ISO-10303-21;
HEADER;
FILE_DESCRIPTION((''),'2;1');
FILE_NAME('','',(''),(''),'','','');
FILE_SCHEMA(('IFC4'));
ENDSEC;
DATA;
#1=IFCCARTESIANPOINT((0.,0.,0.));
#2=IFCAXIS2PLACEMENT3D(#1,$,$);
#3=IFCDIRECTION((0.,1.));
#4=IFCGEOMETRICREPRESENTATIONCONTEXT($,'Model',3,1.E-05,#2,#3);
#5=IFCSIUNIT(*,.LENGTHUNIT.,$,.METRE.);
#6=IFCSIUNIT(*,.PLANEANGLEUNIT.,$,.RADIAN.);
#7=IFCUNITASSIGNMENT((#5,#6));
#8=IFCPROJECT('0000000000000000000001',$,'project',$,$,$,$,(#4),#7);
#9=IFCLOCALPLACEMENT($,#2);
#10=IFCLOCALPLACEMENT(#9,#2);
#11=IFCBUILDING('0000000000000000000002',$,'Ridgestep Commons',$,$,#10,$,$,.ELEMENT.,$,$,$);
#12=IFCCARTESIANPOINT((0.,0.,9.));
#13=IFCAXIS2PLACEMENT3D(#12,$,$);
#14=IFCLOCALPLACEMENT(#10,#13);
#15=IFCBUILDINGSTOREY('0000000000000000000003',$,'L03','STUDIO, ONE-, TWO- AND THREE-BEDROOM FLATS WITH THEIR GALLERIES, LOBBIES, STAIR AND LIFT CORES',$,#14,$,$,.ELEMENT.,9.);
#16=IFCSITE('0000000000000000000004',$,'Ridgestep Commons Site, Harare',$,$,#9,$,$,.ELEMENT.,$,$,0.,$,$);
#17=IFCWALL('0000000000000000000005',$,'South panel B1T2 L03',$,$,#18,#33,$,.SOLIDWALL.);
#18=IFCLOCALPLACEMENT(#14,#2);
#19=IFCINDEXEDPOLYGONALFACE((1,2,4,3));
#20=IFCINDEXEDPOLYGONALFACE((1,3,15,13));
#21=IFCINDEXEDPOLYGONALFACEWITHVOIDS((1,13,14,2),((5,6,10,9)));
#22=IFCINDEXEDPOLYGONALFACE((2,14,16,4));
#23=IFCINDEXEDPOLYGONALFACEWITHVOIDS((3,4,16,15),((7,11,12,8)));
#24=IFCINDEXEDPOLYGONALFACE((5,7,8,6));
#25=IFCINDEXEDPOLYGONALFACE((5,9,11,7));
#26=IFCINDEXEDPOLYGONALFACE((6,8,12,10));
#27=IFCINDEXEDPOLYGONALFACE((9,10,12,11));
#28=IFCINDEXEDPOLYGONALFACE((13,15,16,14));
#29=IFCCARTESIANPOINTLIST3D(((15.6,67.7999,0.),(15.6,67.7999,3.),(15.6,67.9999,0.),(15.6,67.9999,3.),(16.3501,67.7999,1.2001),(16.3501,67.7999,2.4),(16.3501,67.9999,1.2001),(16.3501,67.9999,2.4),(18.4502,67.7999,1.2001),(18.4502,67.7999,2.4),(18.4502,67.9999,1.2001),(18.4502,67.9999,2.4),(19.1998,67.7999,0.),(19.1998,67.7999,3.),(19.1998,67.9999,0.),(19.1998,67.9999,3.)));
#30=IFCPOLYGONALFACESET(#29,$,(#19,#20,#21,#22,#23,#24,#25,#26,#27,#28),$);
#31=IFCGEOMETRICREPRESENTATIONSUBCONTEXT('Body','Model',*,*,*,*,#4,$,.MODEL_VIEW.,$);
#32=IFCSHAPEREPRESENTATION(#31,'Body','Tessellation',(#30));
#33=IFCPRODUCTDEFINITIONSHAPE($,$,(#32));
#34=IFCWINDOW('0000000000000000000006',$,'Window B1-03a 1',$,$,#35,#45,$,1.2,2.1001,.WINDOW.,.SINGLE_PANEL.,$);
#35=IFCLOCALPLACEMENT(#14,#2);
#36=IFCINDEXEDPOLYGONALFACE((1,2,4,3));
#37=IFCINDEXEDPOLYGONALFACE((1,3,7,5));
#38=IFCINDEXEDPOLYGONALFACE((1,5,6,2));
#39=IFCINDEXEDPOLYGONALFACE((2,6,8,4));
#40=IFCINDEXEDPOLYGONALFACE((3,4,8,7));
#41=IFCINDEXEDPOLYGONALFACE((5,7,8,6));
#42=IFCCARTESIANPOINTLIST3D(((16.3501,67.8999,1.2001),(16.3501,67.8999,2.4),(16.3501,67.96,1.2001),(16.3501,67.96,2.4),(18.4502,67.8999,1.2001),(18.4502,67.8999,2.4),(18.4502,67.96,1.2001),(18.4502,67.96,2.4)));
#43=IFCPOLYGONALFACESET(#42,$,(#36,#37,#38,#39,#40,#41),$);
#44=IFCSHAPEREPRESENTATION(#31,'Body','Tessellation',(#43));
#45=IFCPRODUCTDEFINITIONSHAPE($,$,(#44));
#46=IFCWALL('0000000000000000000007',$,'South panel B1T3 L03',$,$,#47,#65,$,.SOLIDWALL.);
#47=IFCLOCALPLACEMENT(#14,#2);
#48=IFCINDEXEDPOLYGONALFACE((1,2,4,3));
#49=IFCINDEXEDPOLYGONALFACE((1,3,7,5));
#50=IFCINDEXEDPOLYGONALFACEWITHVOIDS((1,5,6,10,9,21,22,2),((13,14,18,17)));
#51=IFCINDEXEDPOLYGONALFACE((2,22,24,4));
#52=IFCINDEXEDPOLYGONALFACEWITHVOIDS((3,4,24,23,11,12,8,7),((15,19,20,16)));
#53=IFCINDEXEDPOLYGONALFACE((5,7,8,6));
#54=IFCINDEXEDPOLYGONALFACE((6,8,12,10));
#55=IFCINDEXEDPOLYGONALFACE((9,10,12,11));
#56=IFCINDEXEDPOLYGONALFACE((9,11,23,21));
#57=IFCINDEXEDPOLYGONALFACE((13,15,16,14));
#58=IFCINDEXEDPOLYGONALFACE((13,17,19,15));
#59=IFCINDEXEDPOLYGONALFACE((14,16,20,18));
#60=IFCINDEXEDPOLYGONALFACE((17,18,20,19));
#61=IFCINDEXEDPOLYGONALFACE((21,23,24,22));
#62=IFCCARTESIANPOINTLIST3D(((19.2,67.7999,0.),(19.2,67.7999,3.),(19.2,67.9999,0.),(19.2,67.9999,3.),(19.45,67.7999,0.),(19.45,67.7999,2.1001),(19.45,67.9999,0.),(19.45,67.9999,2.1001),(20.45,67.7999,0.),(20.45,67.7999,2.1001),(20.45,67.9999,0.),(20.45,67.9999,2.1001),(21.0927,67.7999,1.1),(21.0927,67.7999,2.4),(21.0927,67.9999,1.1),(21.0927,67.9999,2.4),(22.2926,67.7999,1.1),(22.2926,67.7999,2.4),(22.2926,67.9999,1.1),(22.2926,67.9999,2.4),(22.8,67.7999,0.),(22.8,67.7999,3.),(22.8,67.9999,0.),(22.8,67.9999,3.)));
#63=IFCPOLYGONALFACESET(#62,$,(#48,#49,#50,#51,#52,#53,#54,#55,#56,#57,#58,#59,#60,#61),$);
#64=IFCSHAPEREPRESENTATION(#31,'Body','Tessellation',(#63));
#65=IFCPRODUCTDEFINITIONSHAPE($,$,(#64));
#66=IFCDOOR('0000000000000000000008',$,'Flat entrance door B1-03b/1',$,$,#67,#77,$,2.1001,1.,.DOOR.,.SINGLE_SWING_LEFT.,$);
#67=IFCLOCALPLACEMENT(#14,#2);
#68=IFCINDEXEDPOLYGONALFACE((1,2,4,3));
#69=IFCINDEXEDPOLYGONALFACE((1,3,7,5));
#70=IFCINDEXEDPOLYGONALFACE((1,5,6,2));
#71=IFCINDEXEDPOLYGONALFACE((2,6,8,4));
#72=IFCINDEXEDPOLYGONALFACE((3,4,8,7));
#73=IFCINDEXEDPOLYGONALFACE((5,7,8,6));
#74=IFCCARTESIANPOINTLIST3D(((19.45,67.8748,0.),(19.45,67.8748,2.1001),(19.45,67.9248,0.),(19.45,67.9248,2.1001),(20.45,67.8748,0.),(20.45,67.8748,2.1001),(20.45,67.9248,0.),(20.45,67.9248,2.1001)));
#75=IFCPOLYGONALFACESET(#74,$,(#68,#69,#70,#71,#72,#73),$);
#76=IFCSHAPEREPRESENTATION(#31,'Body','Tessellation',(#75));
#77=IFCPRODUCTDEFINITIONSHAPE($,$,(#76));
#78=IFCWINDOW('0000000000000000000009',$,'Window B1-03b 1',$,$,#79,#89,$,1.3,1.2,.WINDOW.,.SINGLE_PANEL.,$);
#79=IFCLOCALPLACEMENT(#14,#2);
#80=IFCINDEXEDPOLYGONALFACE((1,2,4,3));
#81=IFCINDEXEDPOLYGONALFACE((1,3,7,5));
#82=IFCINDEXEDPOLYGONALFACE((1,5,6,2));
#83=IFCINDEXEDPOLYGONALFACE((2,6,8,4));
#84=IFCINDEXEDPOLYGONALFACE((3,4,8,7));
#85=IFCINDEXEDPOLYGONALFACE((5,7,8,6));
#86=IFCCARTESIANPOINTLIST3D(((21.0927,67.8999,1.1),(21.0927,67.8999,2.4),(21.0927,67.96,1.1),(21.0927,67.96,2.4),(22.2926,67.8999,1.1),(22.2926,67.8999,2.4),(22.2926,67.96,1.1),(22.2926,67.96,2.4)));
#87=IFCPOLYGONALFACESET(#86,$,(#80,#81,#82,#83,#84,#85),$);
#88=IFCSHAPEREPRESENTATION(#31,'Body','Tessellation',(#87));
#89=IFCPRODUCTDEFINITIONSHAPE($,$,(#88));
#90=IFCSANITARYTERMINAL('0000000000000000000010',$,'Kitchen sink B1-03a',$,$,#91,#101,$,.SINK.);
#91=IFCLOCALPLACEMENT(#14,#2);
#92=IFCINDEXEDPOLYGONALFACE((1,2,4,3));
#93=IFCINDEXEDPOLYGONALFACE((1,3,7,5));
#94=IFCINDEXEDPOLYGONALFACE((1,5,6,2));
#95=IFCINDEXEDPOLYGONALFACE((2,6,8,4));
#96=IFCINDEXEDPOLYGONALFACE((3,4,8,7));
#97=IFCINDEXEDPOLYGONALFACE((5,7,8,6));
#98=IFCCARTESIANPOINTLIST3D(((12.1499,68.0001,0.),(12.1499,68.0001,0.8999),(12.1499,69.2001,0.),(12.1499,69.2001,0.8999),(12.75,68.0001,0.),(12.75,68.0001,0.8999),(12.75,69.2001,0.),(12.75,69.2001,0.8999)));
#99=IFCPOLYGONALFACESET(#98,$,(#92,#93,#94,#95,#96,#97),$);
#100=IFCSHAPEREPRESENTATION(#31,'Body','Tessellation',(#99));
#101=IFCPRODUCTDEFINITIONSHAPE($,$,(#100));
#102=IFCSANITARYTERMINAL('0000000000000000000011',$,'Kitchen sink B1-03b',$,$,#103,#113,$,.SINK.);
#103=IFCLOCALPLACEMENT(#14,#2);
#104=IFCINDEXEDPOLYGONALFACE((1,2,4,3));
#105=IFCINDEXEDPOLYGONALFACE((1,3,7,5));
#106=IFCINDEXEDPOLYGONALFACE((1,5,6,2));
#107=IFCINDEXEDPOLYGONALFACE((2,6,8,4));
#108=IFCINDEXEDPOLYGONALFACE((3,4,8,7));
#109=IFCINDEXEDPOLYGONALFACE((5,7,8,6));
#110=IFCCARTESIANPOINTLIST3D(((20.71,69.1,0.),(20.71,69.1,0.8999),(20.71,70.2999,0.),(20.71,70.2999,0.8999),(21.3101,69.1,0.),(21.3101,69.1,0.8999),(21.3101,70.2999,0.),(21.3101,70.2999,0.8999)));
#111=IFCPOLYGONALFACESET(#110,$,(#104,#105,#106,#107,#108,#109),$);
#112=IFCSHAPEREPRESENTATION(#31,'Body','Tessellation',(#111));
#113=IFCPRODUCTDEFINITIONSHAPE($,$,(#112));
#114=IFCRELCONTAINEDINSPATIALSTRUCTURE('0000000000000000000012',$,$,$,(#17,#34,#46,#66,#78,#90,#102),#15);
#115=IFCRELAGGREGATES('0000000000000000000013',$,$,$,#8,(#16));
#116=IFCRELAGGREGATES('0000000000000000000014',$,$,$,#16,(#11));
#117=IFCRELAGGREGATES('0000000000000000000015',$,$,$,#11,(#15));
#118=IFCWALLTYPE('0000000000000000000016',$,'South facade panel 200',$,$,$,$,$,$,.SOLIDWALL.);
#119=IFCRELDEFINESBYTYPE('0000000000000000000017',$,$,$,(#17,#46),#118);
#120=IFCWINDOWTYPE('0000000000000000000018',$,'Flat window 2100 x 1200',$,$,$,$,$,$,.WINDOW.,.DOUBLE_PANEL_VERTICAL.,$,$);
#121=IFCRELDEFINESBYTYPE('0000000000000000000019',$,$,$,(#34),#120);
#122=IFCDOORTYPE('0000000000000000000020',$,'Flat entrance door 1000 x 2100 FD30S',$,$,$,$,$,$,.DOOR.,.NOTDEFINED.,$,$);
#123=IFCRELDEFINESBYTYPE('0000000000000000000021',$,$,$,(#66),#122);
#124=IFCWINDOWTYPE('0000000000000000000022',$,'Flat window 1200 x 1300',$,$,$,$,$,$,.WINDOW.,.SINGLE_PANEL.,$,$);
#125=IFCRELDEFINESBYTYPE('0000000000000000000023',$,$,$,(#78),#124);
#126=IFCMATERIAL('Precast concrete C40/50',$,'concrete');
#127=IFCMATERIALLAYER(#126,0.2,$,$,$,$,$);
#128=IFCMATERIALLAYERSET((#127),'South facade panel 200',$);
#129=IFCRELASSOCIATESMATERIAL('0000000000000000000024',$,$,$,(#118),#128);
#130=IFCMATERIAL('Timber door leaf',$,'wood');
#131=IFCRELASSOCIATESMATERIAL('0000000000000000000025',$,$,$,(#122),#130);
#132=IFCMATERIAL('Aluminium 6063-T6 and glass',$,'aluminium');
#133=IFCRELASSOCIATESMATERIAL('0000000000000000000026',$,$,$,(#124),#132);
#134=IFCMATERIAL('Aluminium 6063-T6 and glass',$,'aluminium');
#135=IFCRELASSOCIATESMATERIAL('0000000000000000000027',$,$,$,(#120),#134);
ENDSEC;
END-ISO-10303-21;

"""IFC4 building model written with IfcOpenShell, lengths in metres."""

from ifc_helpers import new_model, si_unit, direction, frame, frame_2d, origin, origin_2d, place, context, subcontext, project, spatial, rectangle, extrude, material, layer, layer_set, type_object, element, fill, save


model = new_model("IFC4")

# Units and contexts
model_context = context("Model", 3, precision=1e-05, world=origin(), true_north=direction((0.0, 1.0)))
body_context = subcontext(model_context, "Body", "Model", "MODEL_VIEW")
ifc_project = project(units=[si_unit("LENGTHUNIT", "METRE"), si_unit("PLANEANGLEUNIT", "RADIAN")], contexts=[model_context])

# Site, building, storey
site_placement = place(None, origin())
site = spatial("IfcSite", under=ifc_project, at=site_placement, Name="Ridgestep Commons Site, Harare", CompositionType="ELEMENT", RefElevation=0.0)
building_placement = place(site_placement, origin())
building = spatial("IfcBuilding", under=site, at=building_placement, Name="Ridgestep Commons", CompositionType="ELEMENT")
storey_placement = place(building_placement, frame((0.0, 0.0, 9.0)))
storey = spatial("IfcBuildingStorey", under=building, at=storey_placement, Name="L03", Description="STUDIO, ONE-, TWO- AND THREE-BEDROOM FLATS WITH THEIR GALLERIES, LOBBIES, STAIR AND LIFT CORES", CompositionType="ELEMENT", Elevation=9.0)

# Shared definitions
ifc_material_1 = material(Name="Precast concrete C40/50", Category="concrete")
ifc_layer_1 = layer(ifc_material_1, 0.2)
ifc_layer_set_1 = layer_set([ifc_layer_1], Name="South facade panel 200")
wall_type_1 = type_object("IfcWallType", Name="South facade panel 200", PredefinedType="SOLIDWALL", material=ifc_layer_set_1)
ifc_material_2 = material(Name="Timber door leaf", Category="wood")
door_type_1 = type_object("IfcDoorType", Name="Flat entrance door 1000 x 2100 FD30S", OperationType="NOTDEFINED", PredefinedType="DOOR", material=ifc_material_2)
ifc_material_3 = material(Name="Aluminium 6063-T6 and glass", Category="aluminium")
window_type_1 = type_object("IfcWindowType", Name="Flat window 1200 x 1300", PartitioningType="SINGLE_PANEL", PredefinedType="WINDOW", material=ifc_material_3)

# Wall, opening, window
wall_1_placement = place(storey_placement, frame((15.6001, 67.8999, 0.0), z_axis=(0.0, 0.0, 1.0), x_axis=(1.0, 0.0, 0.0)))
wall_1 = element("IfcWall", 1, at=wall_1_placement, inside=storey, type_object=wall_type_1, Name="South panel B1T2 L03", PredefinedType="SOLIDWALL", context=body_context, shape_type="SweptSolid", body=[
    extrude(rectangle(XDim=3.5999, YDim=0.2, at=frame_2d((1.7998, 0.0))), origin(), (0.0, 0.0, 1.0), 3.0),
])
opening_1_placement = place(wall_1_placement, frame((0.75, 0.0, 1.2)))
opening_1 = element("IfcOpeningElement", 2, at=opening_1_placement, cuts=wall_1, PredefinedType="OPENING", context=body_context, shape_type="SweptSolid", body=[
    extrude(rectangle(XDim=2.1001, YDim=1.2, at=frame_2d((1.05, 0.6001))), frame((0.0, 0.1099, 0.0), z_axis=(0.0, -1.0, 0.0), x_axis=(1.0, 0.0, 0.0)), (0.0, 0.0, 1.0), 0.22),
])
ifc_material_4 = material(Name="Aluminium 6063-T6 and glass", Category="aluminium")
window_type_2 = type_object("IfcWindowType", Name="Flat window 2100 x 1200", PartitioningType="DOUBLE_PANEL_VERTICAL", PredefinedType="WINDOW", material=ifc_material_4)
window_1_placement = place(opening_1_placement, origin())
window_1 = element("IfcWindow", 3, at=window_1_placement, inside=storey, type_object=window_type_2, Name="Window B1-03a 1", OverallHeight=1.2, OverallWidth=2.1001, PartitioningType="SINGLE_PANEL", PredefinedType="WINDOW", context=body_context, shape_type="SweptSolid", body=[
    extrude(rectangle(XDim=2.1001, YDim=1.2, at=frame_2d((1.05, 0.6001))), frame((0.0, 0.0601, 0.0), z_axis=(0.0, -1.0, 0.0), x_axis=(1.0, 0.0, 0.0)), (0.0, 0.0, 1.0), 0.0601),
])
fill(opening_1, window_1)

# Wall, openings, door, window
wall_2_placement = place(storey_placement, frame((19.2, 67.8999, 0.0), z_axis=(0.0, 0.0, 1.0), x_axis=(1.0, 0.0, 0.0)))
wall_2 = element("IfcWall", 4, at=wall_2_placement, inside=storey, type_object=wall_type_1, Name="South panel B1T3 L03", PredefinedType="SOLIDWALL", context=body_context, shape_type="SweptSolid", body=[
    extrude(rectangle(XDim=3.6001, YDim=0.2, at=frame_2d((1.8, 0.0))), origin(), (0.0, 0.0, 1.0), 3.0),
])
opening_2_placement = place(wall_2_placement, frame((1.8926, 0.0, 1.1001)))
opening_2 = element("IfcOpeningElement", 5, at=opening_2_placement, cuts=wall_2, PredefinedType="OPENING", context=body_context, shape_type="SweptSolid", body=[
    extrude(rectangle(XDim=1.2, YDim=1.3, at=frame_2d((0.6001, 0.6499))), frame((0.0, 0.1099, 0.0), z_axis=(0.0, -1.0, 0.0), x_axis=(1.0, 0.0, 0.0)), (0.0, 0.0, 1.0), 0.22),
])
opening_3_placement = place(wall_2_placement, frame((0.25, 0.0, 0.0)))
opening_3 = element("IfcOpeningElement", 6, at=opening_3_placement, cuts=wall_2, PredefinedType="OPENING", context=body_context, shape_type="SweptSolid", body=[
    extrude(rectangle(XDim=1.0, YDim=2.1001, at=frame_2d((0.5, 1.05))), frame((0.0, 0.1099, 0.0), z_axis=(0.0, -1.0, 0.0), x_axis=(1.0, 0.0, 0.0)), (0.0, 0.0, 1.0), 0.22),
])
door_1_placement = place(opening_3_placement, origin())
door_1 = element("IfcDoor", 7, at=door_1_placement, inside=storey, type_object=door_type_1, Name="Flat entrance door B1-03b/1", OperationType="SINGLE_SWING_LEFT", OverallHeight=2.1001, OverallWidth=1.0, PredefinedType="DOOR", context=body_context, shape_type="SweptSolid", body=[
    extrude(rectangle(XDim=1.0, YDim=2.1001, at=frame_2d((0.5, 1.05))), frame((0.0, 0.0249, 0.0), z_axis=(0.0, -1.0, 0.0), x_axis=(1.0, 0.0, 0.0)), (0.0, 0.0, 1.0), 0.05),
])
fill(opening_3, door_1)
window_2_placement = place(opening_2_placement, origin())
window_2 = element("IfcWindow", 8, at=window_2_placement, inside=storey, type_object=window_type_1, Name="Window B1-03b 1", OverallHeight=1.3, OverallWidth=1.2, PartitioningType="SINGLE_PANEL", PredefinedType="WINDOW", context=body_context, shape_type="SweptSolid", body=[
    extrude(rectangle(XDim=1.2, YDim=1.3, at=frame_2d((0.6001, 0.6499))), frame((0.0, 0.0601, 0.0), z_axis=(0.0, -1.0, 0.0), x_axis=(1.0, 0.0, 0.0)), (0.0, 0.0, 1.0), 0.0601),
])
fill(opening_2, window_2)

# Sanitary terminals
for number, where, z_axis, x_axis, name in (
    (9, (12.45, 68.6001, 0.0), (0.0, 0.0, 1.0), (1.0, 0.0, 0.0), "Kitchen sink B1-03a"),
    (10, (21.01, 69.7, 0.0), (0.0, 0.0, 1.0), (1.0, 0.0, 0.0), "Kitchen sink B1-03b"),
):
    element("IfcSanitaryTerminal", number, at=place(storey_placement, frame(where, z_axis=z_axis, x_axis=x_axis)), inside=storey, Name=name, PredefinedType="SINK", context=body_context, shape_type="SweptSolid", body=[
        extrude(rectangle(XDim=0.6001, YDim=1.2, at=origin_2d()), origin(), (0.0, 0.0, 1.0), 0.8999),
    ])

save(model, "model.ifc")
